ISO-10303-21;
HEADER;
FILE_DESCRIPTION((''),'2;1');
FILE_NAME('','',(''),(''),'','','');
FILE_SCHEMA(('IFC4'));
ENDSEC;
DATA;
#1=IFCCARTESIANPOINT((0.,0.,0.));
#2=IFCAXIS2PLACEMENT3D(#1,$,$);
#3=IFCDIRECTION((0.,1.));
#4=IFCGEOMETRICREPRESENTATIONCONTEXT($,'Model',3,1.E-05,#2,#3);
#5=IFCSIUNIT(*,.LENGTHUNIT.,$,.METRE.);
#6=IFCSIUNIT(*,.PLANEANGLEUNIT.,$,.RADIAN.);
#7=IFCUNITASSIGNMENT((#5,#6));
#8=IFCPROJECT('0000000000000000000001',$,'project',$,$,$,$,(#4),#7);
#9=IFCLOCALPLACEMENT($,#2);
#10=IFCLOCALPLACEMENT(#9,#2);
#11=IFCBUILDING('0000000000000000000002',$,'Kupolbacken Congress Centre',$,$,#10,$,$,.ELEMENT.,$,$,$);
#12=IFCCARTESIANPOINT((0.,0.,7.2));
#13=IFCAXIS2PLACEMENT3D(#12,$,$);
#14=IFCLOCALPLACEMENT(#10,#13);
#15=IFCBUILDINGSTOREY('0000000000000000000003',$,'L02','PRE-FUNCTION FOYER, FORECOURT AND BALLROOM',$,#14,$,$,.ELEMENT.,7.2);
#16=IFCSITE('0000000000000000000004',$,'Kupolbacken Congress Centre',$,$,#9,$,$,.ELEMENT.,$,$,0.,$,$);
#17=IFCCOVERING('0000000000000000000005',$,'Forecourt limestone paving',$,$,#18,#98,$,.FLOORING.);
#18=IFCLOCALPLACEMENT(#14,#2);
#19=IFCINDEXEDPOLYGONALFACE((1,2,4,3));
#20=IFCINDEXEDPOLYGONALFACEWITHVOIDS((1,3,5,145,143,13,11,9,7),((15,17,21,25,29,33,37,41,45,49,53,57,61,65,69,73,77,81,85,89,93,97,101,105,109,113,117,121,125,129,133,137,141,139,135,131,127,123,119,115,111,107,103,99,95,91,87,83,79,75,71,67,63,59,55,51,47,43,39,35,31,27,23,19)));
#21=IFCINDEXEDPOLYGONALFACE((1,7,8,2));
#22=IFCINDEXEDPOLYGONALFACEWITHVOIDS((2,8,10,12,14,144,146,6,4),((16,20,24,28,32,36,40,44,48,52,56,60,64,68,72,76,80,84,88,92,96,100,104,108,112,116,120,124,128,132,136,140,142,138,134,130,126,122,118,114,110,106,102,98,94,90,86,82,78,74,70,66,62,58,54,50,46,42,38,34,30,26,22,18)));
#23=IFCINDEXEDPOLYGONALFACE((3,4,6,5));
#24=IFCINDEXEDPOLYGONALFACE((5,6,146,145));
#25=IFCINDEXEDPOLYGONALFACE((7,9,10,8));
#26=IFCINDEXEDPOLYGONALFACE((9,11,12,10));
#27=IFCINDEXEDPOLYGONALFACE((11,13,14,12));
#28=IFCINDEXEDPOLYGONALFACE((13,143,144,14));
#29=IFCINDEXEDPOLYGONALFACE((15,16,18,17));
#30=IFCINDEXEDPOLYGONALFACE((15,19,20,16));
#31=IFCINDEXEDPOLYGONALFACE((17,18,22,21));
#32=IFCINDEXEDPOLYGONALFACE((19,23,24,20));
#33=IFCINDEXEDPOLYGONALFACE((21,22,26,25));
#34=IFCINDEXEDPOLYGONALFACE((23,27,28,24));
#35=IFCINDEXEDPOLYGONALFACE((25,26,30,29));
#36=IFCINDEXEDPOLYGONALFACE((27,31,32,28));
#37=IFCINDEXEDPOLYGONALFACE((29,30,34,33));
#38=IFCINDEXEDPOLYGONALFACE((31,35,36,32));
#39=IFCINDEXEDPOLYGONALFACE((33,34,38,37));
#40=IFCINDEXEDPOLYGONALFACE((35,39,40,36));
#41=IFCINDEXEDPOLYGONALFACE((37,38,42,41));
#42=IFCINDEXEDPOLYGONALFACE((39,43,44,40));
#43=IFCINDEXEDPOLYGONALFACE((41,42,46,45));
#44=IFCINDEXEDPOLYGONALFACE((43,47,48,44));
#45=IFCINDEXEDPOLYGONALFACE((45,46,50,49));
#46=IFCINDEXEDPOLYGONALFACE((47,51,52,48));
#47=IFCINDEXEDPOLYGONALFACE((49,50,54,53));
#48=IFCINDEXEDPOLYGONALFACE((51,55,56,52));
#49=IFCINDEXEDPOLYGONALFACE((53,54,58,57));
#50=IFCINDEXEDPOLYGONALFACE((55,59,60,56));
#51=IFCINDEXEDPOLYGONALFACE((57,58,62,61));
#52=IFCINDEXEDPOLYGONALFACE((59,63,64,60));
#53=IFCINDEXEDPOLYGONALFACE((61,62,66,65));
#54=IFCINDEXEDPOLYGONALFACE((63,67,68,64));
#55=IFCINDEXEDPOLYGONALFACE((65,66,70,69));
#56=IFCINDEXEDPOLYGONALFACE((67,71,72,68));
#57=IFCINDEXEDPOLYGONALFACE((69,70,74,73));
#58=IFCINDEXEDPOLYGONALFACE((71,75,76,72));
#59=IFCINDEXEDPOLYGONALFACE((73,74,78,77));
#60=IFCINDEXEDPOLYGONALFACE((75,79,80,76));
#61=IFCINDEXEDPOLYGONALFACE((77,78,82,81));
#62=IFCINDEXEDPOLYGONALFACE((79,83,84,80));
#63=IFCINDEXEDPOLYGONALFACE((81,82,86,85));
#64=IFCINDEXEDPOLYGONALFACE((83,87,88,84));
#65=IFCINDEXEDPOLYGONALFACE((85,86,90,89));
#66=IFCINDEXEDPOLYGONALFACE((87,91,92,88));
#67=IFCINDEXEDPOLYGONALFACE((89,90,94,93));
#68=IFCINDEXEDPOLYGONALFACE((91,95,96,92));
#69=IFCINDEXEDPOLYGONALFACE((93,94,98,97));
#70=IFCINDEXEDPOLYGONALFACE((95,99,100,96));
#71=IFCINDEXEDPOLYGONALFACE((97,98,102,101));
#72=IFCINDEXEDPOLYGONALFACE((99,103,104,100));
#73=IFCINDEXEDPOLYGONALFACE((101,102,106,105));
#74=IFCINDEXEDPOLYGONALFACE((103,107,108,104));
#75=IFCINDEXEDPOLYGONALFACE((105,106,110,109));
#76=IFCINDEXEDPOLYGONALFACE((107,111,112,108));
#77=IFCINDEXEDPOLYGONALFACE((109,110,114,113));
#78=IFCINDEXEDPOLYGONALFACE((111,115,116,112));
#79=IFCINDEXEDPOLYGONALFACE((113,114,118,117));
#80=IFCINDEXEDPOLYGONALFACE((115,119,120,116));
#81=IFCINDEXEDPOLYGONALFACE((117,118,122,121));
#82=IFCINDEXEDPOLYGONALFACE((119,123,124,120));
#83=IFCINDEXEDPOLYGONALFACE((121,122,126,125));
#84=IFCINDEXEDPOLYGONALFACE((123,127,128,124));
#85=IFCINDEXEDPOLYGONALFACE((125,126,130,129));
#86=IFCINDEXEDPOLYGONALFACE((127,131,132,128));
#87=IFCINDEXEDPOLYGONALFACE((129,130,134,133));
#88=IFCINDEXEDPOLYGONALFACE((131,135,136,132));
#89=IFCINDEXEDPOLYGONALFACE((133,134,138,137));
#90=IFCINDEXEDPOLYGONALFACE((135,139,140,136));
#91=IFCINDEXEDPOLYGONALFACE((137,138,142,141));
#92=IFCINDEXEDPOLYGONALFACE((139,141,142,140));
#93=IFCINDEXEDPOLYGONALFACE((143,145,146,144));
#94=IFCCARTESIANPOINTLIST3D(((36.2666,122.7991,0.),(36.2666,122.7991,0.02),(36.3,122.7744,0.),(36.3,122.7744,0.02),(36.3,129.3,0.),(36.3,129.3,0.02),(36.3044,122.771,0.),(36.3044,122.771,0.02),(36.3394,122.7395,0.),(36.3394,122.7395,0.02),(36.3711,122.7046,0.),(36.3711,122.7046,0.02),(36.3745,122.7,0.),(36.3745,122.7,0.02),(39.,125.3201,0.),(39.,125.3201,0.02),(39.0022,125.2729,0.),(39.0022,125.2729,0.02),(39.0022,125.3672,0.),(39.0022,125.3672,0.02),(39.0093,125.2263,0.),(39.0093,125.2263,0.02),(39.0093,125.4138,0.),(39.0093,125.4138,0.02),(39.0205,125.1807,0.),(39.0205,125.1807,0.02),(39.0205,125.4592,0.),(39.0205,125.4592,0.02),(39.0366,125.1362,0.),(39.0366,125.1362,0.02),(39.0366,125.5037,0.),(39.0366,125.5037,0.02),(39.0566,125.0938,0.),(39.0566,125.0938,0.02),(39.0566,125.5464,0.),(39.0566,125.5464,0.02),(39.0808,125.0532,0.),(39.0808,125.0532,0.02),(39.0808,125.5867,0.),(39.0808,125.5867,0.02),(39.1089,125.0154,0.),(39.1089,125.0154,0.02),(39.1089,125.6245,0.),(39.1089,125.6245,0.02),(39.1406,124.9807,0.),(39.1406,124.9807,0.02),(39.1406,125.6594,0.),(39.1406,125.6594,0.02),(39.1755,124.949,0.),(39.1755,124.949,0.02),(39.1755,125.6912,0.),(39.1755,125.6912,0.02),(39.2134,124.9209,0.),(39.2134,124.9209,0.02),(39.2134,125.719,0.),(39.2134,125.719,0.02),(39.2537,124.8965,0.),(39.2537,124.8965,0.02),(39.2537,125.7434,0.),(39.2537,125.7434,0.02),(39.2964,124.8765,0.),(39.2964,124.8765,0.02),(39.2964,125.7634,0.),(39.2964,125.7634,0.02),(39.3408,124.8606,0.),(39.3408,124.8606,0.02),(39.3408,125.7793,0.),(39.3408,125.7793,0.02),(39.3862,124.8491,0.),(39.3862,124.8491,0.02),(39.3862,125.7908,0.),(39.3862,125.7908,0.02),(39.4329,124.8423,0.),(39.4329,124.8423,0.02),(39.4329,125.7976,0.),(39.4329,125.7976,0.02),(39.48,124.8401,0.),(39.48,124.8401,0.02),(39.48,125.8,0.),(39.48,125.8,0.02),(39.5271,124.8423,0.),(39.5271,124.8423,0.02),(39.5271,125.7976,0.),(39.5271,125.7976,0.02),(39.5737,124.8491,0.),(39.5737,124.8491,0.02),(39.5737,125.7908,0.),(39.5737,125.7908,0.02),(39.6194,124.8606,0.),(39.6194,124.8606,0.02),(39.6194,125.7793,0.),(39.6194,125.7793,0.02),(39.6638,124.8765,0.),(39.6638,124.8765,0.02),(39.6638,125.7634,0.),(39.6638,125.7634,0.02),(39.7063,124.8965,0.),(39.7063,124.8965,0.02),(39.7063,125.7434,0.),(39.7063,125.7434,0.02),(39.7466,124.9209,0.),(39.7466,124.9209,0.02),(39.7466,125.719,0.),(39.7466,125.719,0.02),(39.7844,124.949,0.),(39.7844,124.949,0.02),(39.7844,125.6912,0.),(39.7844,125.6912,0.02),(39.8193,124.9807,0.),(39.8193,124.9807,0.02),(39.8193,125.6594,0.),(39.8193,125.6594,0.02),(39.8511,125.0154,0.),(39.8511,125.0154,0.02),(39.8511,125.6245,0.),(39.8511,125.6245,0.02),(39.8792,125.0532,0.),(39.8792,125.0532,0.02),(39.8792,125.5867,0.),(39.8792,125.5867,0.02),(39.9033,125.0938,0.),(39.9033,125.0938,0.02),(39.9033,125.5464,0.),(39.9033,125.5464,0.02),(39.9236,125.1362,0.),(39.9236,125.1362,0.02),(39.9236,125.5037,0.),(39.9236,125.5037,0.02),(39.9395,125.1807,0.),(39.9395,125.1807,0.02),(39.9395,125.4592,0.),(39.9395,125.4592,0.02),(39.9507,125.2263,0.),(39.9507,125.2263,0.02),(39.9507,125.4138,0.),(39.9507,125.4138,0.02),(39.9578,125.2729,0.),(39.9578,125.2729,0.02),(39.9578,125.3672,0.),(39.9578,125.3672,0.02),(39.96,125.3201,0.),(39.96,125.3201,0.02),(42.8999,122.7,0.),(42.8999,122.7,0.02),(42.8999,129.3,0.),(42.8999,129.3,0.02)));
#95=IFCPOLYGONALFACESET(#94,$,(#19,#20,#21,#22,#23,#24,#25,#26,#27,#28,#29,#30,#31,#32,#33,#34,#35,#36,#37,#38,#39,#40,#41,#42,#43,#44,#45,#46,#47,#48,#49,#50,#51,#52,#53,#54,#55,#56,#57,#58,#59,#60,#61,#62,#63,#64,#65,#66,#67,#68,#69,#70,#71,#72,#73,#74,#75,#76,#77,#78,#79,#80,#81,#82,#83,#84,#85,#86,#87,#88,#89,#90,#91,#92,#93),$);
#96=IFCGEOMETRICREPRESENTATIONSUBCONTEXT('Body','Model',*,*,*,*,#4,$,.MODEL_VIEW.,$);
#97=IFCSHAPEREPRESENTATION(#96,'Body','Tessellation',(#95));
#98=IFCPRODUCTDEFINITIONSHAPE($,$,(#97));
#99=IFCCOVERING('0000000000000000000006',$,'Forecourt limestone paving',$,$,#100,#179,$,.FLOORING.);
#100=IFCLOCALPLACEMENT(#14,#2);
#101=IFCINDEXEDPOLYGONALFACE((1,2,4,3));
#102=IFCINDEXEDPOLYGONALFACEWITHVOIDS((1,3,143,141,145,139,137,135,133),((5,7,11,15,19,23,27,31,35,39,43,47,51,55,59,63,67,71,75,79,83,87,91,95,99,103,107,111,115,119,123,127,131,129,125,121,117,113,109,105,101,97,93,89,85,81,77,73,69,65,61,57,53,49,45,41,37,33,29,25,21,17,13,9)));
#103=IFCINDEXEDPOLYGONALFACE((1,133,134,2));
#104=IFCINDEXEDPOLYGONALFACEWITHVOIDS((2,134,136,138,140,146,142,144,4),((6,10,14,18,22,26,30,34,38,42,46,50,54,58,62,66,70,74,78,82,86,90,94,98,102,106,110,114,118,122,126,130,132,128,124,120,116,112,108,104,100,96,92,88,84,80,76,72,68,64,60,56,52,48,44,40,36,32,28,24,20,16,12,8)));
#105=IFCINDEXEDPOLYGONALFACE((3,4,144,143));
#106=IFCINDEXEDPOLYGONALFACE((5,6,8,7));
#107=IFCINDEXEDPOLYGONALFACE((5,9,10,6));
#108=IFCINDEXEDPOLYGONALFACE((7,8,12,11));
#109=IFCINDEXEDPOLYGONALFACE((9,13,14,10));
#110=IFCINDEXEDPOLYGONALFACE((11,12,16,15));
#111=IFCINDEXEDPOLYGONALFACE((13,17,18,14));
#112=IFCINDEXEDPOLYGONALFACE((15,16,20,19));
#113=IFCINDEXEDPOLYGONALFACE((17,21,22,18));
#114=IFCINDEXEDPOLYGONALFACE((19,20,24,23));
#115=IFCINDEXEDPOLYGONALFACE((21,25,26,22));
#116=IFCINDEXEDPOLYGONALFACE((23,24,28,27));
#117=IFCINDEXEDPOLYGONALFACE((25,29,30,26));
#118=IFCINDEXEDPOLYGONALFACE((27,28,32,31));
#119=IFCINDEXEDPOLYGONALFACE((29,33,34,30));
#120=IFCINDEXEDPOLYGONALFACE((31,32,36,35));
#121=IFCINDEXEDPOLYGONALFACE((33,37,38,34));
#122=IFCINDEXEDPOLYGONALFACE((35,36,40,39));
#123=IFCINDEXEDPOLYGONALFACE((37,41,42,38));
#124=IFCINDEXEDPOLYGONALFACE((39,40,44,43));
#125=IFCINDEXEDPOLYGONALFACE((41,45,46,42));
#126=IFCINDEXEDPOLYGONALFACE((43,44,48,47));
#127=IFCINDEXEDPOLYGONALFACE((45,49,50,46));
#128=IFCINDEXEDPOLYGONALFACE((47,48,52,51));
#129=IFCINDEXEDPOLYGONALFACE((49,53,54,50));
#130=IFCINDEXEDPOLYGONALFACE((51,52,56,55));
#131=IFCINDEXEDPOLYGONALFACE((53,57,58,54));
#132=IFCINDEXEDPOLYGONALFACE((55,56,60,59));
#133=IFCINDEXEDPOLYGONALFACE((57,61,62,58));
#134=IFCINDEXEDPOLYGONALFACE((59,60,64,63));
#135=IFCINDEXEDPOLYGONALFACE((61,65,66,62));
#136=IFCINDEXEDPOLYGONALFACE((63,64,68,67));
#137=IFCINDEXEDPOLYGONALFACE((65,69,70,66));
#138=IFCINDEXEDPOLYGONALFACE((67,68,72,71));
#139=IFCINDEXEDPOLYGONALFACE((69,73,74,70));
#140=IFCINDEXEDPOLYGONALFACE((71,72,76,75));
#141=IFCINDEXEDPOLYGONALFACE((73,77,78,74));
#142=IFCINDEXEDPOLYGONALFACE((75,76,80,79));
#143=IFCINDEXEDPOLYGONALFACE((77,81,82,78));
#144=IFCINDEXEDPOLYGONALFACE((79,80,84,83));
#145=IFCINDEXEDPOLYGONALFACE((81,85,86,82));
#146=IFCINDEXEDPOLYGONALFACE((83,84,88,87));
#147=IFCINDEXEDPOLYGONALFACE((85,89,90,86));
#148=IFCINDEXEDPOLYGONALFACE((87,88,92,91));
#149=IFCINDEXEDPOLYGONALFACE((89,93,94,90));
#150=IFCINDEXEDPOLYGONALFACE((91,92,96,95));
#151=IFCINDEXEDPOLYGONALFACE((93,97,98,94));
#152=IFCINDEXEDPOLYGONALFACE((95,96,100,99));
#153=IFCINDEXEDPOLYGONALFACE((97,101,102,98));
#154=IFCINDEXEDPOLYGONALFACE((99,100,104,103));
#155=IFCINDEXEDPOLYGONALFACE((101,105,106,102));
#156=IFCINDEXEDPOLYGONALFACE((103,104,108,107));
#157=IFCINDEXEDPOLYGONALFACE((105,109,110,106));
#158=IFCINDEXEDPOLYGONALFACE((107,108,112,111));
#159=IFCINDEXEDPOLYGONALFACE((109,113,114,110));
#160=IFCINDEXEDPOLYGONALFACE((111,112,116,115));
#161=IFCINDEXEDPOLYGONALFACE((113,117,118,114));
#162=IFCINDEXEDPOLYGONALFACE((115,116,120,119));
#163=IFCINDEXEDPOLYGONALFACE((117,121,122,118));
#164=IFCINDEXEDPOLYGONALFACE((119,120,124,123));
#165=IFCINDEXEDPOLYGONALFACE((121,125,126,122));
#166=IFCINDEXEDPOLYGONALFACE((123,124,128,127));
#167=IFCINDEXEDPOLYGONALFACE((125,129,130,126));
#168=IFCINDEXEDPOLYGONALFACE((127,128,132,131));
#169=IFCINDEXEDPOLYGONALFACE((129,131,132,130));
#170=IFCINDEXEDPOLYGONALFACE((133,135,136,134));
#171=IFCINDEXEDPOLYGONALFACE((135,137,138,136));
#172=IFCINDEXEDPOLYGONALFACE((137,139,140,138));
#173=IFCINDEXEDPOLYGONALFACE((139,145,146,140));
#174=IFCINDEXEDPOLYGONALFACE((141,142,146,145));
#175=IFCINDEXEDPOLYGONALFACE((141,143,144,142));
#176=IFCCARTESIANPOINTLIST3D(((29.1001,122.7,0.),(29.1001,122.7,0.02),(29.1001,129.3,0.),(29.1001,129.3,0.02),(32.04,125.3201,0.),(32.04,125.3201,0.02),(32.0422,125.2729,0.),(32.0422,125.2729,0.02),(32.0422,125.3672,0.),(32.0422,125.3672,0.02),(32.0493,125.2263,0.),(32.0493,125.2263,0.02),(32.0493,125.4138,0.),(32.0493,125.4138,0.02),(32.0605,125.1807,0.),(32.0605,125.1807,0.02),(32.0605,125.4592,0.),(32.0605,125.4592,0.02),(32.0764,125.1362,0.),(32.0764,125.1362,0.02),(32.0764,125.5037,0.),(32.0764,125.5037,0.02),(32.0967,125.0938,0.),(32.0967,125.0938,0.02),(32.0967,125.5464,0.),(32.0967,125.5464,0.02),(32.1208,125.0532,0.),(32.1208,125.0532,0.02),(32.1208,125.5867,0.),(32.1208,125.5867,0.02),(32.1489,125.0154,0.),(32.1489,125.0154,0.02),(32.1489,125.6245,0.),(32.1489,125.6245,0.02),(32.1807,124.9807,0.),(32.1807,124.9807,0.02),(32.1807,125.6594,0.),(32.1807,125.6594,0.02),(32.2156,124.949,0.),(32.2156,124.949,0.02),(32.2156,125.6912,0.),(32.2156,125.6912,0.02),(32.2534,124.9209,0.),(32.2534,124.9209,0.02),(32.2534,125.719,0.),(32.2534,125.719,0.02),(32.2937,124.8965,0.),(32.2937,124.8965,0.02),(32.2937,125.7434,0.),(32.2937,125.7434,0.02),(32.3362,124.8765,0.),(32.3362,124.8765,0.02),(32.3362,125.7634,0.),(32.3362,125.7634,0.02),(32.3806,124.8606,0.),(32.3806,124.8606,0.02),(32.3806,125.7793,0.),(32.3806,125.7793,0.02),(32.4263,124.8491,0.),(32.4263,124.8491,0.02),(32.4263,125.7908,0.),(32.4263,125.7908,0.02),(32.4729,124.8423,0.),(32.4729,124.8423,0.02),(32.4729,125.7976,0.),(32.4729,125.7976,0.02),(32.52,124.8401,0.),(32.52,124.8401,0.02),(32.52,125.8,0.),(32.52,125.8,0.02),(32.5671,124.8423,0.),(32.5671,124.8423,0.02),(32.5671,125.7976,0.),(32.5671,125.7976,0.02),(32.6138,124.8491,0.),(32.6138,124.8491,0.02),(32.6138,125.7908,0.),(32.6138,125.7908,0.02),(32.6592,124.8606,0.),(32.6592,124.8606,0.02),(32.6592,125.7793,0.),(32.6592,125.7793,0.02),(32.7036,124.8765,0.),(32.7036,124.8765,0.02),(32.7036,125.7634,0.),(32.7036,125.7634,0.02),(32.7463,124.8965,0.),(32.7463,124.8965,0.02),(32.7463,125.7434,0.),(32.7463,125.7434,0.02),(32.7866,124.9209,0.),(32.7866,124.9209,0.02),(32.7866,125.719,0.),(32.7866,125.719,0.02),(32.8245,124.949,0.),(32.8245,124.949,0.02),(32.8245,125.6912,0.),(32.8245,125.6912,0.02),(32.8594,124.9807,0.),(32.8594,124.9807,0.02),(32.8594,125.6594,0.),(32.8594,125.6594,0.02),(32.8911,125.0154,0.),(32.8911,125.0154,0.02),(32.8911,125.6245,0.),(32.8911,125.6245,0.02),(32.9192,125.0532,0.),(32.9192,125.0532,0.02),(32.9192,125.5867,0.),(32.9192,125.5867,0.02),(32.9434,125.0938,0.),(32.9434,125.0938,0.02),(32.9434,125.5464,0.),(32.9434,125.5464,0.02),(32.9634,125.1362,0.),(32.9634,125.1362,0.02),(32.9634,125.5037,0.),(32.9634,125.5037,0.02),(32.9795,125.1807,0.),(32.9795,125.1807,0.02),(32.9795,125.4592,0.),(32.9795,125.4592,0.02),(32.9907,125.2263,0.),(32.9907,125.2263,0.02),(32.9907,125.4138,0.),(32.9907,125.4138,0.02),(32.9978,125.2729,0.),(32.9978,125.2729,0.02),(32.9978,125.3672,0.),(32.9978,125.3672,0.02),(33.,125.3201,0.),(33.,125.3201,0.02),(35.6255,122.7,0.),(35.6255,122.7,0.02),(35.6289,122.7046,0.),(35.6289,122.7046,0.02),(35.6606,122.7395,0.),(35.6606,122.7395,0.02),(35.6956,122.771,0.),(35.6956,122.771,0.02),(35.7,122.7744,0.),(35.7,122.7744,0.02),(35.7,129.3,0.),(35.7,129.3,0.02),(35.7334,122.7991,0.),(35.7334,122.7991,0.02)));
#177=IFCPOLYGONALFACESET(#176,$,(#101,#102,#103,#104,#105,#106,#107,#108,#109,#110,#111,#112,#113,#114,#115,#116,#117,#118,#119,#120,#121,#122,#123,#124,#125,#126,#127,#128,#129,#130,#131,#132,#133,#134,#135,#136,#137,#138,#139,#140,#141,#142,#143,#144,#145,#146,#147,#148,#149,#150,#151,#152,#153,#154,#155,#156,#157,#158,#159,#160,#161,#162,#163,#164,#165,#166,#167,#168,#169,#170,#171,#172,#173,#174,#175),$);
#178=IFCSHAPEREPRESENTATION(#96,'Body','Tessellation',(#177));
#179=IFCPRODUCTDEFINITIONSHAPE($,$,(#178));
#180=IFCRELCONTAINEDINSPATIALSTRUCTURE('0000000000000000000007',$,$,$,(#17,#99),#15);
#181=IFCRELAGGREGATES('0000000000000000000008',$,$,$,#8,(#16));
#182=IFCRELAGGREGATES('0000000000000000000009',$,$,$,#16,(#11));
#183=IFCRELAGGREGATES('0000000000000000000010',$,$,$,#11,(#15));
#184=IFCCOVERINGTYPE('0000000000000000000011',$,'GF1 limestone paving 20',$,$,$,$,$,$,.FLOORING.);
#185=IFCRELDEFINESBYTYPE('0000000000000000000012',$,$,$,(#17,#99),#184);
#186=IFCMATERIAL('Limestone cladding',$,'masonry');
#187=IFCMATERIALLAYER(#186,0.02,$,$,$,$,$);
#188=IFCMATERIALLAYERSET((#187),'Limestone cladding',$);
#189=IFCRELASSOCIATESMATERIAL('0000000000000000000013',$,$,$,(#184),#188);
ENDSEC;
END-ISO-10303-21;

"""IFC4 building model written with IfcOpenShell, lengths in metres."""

from ifc_helpers import new_model, si_unit, direction, frame, origin, place, context, subcontext, project, spatial, polyline, outline, extrude, material, layer, layer_set, type_object, element, save


model = new_model("IFC4")

# Units and contexts
model_context = context("Model", 3, precision=1e-05, world=origin(), true_north=direction((0.0, 1.0)))
body_context = subcontext(model_context, "Body", "Model", "MODEL_VIEW")
ifc_project = project(units=[si_unit("LENGTHUNIT", "METRE"), si_unit("PLANEANGLEUNIT", "RADIAN")], contexts=[model_context])

# Site, building, storey
site_placement = place(None, origin())
site = spatial("IfcSite", under=ifc_project, at=site_placement, Name="Kupolbacken Congress Centre", CompositionType="ELEMENT", RefElevation=0.0)
building_placement = place(site_placement, origin())
building = spatial("IfcBuilding", under=site, at=building_placement, Name="Kupolbacken Congress Centre", CompositionType="ELEMENT")
storey_placement = place(building_placement, frame((0.0, 0.0, 7.2)))
storey = spatial("IfcBuildingStorey", under=building, at=storey_placement, Name="L02", Description="PRE-FUNCTION FOYER, FORECOURT AND BALLROOM", CompositionType="ELEMENT", Elevation=7.2)

# Coverings
ifc_material = material(Name="Limestone cladding", Category="masonry")
ifc_layer = layer(ifc_material, 0.02)
ifc_layer_set = layer_set([ifc_layer], Name="Limestone cladding")
covering_type = type_object("IfcCoveringType", Name="GF1 limestone paving 20", PredefinedType="FLOORING", material=ifc_layer_set)
covering_1_placement = place(storey_placement, origin())
element("IfcCovering", 1, at=covering_1_placement, inside=storey, type_object=covering_type, Name="Forecourt limestone paving", PredefinedType="FLOORING", context=body_context, shape_type="SweptSolid", body=[
    extrude(outline(polyline([(36.3711, 122.7046), (36.3394, 122.7395), (36.3044, 122.771), (36.2666, 122.7991), (36.3, 122.7744), (36.3, 129.3), (42.8999, 129.3), (42.8999, 122.7), (36.3745, 122.7), (36.3916, 122.677), (36.3711, 122.7046)]), holes=[polyline([(39.9507, 125.2263), (39.9578, 125.2729), (39.96, 125.3201), (39.9578, 125.3672), (39.9507, 125.4138), (39.9395, 125.4592), (39.9236, 125.5037), (39.9033, 125.5464), (39.8792, 125.5867), (39.8511, 125.6245), (39.8193, 125.6594), (39.7844, 125.6912), (39.7466, 125.719), (39.7063, 125.7434), (39.6638, 125.7634), (39.6194, 125.7793), (39.5737, 125.7908), (39.5271, 125.7976), (39.48, 125.8), (39.4329, 125.7976), (39.3862, 125.7908), (39.3408, 125.7793), (39.2964, 125.7634), (39.2537, 125.7434), (39.2134, 125.719), (39.1755, 125.6912), (39.1406, 125.6594), (39.1089, 125.6245), (39.0808, 125.5867), (39.0566, 125.5464), (39.0366, 125.5037), (39.0205, 125.4592), (39.0093, 125.4138), (39.0022, 125.3672), (39.0, 125.3201), (39.0022, 125.2729), (39.0093, 125.2263), (39.0205, 125.1807), (39.0366, 125.1362), (39.0566, 125.0938), (39.0808, 125.0532), (39.1089, 125.0154), (39.1406, 124.9807), (39.1755, 124.949), (39.2134, 124.9209), (39.2537, 124.8965), (39.2964, 124.8765), (39.3408, 124.8606), (39.3862, 124.8491), (39.4329, 124.8423), (39.48, 124.8401), (39.5271, 124.8423), (39.5737, 124.8491), (39.6194, 124.8606), (39.6638, 124.8765), (39.7063, 124.8965), (39.7466, 124.9209), (39.7844, 124.949), (39.8193, 124.9807), (39.8511, 125.0154), (39.8792, 125.0532), (39.9033, 125.0938), (39.9236, 125.1362), (39.9395, 125.1807), (39.9507, 125.2263)])]), origin(), (0.0, 0.0, 1.0), 0.02),
])
covering_2_placement = place(storey_placement, origin())
element("IfcCovering", 2, at=covering_2_placement, inside=storey, type_object=covering_type, Name="Forecourt limestone paving", PredefinedType="FLOORING", context=body_context, shape_type="SweptSolid", body=[
    extrude(outline(polyline([(35.6956, 122.771), (35.6606, 122.7395), (35.6289, 122.7046), (35.6084, 122.677), (35.6255, 122.7), (29.1001, 122.7), (29.1001, 129.3), (35.7, 129.3), (35.7, 122.7744), (35.7334, 122.7991), (35.6956, 122.771)]), holes=[polyline([(32.9907, 125.2263), (32.9978, 125.2729), (33.0, 125.3201), (32.9978, 125.3672), (32.9907, 125.4138), (32.9795, 125.4592), (32.9634, 125.5037), (32.9434, 125.5464), (32.9192, 125.5867), (32.8911, 125.6245), (32.8594, 125.6594), (32.8245, 125.6912), (32.7866, 125.719), (32.7463, 125.7434), (32.7036, 125.7634), (32.6592, 125.7793), (32.6138, 125.7908), (32.5671, 125.7976), (32.52, 125.8), (32.4729, 125.7976), (32.4263, 125.7908), (32.3806, 125.7793), (32.3362, 125.7634), (32.2937, 125.7434), (32.2534, 125.719), (32.2156, 125.6912), (32.1807, 125.6594), (32.1489, 125.6245), (32.1208, 125.5867), (32.0967, 125.5464), (32.0764, 125.5037), (32.0605, 125.4592), (32.0493, 125.4138), (32.0422, 125.3672), (32.04, 125.3201), (32.0422, 125.2729), (32.0493, 125.2263), (32.0605, 125.1807), (32.0764, 125.1362), (32.0967, 125.0938), (32.1208, 125.0532), (32.1489, 125.0154), (32.1807, 124.9807), (32.2156, 124.949), (32.2534, 124.9209), (32.2937, 124.8965), (32.3362, 124.8765), (32.3806, 124.8606), (32.4263, 124.8491), (32.4729, 124.8423), (32.52, 124.8401), (32.5671, 124.8423), (32.6138, 124.8491), (32.6592, 124.8606), (32.7036, 124.8765), (32.7463, 124.8965), (32.7866, 124.9209), (32.8245, 124.949), (32.8594, 124.9807), (32.8911, 125.0154), (32.9192, 125.0532), (32.9434, 125.0938), (32.9634, 125.1362), (32.9795, 125.1807), (32.9907, 125.2263)])]), origin(), (0.0, 0.0, 1.0), 0.02),
])

save(model, "model.ifc")
